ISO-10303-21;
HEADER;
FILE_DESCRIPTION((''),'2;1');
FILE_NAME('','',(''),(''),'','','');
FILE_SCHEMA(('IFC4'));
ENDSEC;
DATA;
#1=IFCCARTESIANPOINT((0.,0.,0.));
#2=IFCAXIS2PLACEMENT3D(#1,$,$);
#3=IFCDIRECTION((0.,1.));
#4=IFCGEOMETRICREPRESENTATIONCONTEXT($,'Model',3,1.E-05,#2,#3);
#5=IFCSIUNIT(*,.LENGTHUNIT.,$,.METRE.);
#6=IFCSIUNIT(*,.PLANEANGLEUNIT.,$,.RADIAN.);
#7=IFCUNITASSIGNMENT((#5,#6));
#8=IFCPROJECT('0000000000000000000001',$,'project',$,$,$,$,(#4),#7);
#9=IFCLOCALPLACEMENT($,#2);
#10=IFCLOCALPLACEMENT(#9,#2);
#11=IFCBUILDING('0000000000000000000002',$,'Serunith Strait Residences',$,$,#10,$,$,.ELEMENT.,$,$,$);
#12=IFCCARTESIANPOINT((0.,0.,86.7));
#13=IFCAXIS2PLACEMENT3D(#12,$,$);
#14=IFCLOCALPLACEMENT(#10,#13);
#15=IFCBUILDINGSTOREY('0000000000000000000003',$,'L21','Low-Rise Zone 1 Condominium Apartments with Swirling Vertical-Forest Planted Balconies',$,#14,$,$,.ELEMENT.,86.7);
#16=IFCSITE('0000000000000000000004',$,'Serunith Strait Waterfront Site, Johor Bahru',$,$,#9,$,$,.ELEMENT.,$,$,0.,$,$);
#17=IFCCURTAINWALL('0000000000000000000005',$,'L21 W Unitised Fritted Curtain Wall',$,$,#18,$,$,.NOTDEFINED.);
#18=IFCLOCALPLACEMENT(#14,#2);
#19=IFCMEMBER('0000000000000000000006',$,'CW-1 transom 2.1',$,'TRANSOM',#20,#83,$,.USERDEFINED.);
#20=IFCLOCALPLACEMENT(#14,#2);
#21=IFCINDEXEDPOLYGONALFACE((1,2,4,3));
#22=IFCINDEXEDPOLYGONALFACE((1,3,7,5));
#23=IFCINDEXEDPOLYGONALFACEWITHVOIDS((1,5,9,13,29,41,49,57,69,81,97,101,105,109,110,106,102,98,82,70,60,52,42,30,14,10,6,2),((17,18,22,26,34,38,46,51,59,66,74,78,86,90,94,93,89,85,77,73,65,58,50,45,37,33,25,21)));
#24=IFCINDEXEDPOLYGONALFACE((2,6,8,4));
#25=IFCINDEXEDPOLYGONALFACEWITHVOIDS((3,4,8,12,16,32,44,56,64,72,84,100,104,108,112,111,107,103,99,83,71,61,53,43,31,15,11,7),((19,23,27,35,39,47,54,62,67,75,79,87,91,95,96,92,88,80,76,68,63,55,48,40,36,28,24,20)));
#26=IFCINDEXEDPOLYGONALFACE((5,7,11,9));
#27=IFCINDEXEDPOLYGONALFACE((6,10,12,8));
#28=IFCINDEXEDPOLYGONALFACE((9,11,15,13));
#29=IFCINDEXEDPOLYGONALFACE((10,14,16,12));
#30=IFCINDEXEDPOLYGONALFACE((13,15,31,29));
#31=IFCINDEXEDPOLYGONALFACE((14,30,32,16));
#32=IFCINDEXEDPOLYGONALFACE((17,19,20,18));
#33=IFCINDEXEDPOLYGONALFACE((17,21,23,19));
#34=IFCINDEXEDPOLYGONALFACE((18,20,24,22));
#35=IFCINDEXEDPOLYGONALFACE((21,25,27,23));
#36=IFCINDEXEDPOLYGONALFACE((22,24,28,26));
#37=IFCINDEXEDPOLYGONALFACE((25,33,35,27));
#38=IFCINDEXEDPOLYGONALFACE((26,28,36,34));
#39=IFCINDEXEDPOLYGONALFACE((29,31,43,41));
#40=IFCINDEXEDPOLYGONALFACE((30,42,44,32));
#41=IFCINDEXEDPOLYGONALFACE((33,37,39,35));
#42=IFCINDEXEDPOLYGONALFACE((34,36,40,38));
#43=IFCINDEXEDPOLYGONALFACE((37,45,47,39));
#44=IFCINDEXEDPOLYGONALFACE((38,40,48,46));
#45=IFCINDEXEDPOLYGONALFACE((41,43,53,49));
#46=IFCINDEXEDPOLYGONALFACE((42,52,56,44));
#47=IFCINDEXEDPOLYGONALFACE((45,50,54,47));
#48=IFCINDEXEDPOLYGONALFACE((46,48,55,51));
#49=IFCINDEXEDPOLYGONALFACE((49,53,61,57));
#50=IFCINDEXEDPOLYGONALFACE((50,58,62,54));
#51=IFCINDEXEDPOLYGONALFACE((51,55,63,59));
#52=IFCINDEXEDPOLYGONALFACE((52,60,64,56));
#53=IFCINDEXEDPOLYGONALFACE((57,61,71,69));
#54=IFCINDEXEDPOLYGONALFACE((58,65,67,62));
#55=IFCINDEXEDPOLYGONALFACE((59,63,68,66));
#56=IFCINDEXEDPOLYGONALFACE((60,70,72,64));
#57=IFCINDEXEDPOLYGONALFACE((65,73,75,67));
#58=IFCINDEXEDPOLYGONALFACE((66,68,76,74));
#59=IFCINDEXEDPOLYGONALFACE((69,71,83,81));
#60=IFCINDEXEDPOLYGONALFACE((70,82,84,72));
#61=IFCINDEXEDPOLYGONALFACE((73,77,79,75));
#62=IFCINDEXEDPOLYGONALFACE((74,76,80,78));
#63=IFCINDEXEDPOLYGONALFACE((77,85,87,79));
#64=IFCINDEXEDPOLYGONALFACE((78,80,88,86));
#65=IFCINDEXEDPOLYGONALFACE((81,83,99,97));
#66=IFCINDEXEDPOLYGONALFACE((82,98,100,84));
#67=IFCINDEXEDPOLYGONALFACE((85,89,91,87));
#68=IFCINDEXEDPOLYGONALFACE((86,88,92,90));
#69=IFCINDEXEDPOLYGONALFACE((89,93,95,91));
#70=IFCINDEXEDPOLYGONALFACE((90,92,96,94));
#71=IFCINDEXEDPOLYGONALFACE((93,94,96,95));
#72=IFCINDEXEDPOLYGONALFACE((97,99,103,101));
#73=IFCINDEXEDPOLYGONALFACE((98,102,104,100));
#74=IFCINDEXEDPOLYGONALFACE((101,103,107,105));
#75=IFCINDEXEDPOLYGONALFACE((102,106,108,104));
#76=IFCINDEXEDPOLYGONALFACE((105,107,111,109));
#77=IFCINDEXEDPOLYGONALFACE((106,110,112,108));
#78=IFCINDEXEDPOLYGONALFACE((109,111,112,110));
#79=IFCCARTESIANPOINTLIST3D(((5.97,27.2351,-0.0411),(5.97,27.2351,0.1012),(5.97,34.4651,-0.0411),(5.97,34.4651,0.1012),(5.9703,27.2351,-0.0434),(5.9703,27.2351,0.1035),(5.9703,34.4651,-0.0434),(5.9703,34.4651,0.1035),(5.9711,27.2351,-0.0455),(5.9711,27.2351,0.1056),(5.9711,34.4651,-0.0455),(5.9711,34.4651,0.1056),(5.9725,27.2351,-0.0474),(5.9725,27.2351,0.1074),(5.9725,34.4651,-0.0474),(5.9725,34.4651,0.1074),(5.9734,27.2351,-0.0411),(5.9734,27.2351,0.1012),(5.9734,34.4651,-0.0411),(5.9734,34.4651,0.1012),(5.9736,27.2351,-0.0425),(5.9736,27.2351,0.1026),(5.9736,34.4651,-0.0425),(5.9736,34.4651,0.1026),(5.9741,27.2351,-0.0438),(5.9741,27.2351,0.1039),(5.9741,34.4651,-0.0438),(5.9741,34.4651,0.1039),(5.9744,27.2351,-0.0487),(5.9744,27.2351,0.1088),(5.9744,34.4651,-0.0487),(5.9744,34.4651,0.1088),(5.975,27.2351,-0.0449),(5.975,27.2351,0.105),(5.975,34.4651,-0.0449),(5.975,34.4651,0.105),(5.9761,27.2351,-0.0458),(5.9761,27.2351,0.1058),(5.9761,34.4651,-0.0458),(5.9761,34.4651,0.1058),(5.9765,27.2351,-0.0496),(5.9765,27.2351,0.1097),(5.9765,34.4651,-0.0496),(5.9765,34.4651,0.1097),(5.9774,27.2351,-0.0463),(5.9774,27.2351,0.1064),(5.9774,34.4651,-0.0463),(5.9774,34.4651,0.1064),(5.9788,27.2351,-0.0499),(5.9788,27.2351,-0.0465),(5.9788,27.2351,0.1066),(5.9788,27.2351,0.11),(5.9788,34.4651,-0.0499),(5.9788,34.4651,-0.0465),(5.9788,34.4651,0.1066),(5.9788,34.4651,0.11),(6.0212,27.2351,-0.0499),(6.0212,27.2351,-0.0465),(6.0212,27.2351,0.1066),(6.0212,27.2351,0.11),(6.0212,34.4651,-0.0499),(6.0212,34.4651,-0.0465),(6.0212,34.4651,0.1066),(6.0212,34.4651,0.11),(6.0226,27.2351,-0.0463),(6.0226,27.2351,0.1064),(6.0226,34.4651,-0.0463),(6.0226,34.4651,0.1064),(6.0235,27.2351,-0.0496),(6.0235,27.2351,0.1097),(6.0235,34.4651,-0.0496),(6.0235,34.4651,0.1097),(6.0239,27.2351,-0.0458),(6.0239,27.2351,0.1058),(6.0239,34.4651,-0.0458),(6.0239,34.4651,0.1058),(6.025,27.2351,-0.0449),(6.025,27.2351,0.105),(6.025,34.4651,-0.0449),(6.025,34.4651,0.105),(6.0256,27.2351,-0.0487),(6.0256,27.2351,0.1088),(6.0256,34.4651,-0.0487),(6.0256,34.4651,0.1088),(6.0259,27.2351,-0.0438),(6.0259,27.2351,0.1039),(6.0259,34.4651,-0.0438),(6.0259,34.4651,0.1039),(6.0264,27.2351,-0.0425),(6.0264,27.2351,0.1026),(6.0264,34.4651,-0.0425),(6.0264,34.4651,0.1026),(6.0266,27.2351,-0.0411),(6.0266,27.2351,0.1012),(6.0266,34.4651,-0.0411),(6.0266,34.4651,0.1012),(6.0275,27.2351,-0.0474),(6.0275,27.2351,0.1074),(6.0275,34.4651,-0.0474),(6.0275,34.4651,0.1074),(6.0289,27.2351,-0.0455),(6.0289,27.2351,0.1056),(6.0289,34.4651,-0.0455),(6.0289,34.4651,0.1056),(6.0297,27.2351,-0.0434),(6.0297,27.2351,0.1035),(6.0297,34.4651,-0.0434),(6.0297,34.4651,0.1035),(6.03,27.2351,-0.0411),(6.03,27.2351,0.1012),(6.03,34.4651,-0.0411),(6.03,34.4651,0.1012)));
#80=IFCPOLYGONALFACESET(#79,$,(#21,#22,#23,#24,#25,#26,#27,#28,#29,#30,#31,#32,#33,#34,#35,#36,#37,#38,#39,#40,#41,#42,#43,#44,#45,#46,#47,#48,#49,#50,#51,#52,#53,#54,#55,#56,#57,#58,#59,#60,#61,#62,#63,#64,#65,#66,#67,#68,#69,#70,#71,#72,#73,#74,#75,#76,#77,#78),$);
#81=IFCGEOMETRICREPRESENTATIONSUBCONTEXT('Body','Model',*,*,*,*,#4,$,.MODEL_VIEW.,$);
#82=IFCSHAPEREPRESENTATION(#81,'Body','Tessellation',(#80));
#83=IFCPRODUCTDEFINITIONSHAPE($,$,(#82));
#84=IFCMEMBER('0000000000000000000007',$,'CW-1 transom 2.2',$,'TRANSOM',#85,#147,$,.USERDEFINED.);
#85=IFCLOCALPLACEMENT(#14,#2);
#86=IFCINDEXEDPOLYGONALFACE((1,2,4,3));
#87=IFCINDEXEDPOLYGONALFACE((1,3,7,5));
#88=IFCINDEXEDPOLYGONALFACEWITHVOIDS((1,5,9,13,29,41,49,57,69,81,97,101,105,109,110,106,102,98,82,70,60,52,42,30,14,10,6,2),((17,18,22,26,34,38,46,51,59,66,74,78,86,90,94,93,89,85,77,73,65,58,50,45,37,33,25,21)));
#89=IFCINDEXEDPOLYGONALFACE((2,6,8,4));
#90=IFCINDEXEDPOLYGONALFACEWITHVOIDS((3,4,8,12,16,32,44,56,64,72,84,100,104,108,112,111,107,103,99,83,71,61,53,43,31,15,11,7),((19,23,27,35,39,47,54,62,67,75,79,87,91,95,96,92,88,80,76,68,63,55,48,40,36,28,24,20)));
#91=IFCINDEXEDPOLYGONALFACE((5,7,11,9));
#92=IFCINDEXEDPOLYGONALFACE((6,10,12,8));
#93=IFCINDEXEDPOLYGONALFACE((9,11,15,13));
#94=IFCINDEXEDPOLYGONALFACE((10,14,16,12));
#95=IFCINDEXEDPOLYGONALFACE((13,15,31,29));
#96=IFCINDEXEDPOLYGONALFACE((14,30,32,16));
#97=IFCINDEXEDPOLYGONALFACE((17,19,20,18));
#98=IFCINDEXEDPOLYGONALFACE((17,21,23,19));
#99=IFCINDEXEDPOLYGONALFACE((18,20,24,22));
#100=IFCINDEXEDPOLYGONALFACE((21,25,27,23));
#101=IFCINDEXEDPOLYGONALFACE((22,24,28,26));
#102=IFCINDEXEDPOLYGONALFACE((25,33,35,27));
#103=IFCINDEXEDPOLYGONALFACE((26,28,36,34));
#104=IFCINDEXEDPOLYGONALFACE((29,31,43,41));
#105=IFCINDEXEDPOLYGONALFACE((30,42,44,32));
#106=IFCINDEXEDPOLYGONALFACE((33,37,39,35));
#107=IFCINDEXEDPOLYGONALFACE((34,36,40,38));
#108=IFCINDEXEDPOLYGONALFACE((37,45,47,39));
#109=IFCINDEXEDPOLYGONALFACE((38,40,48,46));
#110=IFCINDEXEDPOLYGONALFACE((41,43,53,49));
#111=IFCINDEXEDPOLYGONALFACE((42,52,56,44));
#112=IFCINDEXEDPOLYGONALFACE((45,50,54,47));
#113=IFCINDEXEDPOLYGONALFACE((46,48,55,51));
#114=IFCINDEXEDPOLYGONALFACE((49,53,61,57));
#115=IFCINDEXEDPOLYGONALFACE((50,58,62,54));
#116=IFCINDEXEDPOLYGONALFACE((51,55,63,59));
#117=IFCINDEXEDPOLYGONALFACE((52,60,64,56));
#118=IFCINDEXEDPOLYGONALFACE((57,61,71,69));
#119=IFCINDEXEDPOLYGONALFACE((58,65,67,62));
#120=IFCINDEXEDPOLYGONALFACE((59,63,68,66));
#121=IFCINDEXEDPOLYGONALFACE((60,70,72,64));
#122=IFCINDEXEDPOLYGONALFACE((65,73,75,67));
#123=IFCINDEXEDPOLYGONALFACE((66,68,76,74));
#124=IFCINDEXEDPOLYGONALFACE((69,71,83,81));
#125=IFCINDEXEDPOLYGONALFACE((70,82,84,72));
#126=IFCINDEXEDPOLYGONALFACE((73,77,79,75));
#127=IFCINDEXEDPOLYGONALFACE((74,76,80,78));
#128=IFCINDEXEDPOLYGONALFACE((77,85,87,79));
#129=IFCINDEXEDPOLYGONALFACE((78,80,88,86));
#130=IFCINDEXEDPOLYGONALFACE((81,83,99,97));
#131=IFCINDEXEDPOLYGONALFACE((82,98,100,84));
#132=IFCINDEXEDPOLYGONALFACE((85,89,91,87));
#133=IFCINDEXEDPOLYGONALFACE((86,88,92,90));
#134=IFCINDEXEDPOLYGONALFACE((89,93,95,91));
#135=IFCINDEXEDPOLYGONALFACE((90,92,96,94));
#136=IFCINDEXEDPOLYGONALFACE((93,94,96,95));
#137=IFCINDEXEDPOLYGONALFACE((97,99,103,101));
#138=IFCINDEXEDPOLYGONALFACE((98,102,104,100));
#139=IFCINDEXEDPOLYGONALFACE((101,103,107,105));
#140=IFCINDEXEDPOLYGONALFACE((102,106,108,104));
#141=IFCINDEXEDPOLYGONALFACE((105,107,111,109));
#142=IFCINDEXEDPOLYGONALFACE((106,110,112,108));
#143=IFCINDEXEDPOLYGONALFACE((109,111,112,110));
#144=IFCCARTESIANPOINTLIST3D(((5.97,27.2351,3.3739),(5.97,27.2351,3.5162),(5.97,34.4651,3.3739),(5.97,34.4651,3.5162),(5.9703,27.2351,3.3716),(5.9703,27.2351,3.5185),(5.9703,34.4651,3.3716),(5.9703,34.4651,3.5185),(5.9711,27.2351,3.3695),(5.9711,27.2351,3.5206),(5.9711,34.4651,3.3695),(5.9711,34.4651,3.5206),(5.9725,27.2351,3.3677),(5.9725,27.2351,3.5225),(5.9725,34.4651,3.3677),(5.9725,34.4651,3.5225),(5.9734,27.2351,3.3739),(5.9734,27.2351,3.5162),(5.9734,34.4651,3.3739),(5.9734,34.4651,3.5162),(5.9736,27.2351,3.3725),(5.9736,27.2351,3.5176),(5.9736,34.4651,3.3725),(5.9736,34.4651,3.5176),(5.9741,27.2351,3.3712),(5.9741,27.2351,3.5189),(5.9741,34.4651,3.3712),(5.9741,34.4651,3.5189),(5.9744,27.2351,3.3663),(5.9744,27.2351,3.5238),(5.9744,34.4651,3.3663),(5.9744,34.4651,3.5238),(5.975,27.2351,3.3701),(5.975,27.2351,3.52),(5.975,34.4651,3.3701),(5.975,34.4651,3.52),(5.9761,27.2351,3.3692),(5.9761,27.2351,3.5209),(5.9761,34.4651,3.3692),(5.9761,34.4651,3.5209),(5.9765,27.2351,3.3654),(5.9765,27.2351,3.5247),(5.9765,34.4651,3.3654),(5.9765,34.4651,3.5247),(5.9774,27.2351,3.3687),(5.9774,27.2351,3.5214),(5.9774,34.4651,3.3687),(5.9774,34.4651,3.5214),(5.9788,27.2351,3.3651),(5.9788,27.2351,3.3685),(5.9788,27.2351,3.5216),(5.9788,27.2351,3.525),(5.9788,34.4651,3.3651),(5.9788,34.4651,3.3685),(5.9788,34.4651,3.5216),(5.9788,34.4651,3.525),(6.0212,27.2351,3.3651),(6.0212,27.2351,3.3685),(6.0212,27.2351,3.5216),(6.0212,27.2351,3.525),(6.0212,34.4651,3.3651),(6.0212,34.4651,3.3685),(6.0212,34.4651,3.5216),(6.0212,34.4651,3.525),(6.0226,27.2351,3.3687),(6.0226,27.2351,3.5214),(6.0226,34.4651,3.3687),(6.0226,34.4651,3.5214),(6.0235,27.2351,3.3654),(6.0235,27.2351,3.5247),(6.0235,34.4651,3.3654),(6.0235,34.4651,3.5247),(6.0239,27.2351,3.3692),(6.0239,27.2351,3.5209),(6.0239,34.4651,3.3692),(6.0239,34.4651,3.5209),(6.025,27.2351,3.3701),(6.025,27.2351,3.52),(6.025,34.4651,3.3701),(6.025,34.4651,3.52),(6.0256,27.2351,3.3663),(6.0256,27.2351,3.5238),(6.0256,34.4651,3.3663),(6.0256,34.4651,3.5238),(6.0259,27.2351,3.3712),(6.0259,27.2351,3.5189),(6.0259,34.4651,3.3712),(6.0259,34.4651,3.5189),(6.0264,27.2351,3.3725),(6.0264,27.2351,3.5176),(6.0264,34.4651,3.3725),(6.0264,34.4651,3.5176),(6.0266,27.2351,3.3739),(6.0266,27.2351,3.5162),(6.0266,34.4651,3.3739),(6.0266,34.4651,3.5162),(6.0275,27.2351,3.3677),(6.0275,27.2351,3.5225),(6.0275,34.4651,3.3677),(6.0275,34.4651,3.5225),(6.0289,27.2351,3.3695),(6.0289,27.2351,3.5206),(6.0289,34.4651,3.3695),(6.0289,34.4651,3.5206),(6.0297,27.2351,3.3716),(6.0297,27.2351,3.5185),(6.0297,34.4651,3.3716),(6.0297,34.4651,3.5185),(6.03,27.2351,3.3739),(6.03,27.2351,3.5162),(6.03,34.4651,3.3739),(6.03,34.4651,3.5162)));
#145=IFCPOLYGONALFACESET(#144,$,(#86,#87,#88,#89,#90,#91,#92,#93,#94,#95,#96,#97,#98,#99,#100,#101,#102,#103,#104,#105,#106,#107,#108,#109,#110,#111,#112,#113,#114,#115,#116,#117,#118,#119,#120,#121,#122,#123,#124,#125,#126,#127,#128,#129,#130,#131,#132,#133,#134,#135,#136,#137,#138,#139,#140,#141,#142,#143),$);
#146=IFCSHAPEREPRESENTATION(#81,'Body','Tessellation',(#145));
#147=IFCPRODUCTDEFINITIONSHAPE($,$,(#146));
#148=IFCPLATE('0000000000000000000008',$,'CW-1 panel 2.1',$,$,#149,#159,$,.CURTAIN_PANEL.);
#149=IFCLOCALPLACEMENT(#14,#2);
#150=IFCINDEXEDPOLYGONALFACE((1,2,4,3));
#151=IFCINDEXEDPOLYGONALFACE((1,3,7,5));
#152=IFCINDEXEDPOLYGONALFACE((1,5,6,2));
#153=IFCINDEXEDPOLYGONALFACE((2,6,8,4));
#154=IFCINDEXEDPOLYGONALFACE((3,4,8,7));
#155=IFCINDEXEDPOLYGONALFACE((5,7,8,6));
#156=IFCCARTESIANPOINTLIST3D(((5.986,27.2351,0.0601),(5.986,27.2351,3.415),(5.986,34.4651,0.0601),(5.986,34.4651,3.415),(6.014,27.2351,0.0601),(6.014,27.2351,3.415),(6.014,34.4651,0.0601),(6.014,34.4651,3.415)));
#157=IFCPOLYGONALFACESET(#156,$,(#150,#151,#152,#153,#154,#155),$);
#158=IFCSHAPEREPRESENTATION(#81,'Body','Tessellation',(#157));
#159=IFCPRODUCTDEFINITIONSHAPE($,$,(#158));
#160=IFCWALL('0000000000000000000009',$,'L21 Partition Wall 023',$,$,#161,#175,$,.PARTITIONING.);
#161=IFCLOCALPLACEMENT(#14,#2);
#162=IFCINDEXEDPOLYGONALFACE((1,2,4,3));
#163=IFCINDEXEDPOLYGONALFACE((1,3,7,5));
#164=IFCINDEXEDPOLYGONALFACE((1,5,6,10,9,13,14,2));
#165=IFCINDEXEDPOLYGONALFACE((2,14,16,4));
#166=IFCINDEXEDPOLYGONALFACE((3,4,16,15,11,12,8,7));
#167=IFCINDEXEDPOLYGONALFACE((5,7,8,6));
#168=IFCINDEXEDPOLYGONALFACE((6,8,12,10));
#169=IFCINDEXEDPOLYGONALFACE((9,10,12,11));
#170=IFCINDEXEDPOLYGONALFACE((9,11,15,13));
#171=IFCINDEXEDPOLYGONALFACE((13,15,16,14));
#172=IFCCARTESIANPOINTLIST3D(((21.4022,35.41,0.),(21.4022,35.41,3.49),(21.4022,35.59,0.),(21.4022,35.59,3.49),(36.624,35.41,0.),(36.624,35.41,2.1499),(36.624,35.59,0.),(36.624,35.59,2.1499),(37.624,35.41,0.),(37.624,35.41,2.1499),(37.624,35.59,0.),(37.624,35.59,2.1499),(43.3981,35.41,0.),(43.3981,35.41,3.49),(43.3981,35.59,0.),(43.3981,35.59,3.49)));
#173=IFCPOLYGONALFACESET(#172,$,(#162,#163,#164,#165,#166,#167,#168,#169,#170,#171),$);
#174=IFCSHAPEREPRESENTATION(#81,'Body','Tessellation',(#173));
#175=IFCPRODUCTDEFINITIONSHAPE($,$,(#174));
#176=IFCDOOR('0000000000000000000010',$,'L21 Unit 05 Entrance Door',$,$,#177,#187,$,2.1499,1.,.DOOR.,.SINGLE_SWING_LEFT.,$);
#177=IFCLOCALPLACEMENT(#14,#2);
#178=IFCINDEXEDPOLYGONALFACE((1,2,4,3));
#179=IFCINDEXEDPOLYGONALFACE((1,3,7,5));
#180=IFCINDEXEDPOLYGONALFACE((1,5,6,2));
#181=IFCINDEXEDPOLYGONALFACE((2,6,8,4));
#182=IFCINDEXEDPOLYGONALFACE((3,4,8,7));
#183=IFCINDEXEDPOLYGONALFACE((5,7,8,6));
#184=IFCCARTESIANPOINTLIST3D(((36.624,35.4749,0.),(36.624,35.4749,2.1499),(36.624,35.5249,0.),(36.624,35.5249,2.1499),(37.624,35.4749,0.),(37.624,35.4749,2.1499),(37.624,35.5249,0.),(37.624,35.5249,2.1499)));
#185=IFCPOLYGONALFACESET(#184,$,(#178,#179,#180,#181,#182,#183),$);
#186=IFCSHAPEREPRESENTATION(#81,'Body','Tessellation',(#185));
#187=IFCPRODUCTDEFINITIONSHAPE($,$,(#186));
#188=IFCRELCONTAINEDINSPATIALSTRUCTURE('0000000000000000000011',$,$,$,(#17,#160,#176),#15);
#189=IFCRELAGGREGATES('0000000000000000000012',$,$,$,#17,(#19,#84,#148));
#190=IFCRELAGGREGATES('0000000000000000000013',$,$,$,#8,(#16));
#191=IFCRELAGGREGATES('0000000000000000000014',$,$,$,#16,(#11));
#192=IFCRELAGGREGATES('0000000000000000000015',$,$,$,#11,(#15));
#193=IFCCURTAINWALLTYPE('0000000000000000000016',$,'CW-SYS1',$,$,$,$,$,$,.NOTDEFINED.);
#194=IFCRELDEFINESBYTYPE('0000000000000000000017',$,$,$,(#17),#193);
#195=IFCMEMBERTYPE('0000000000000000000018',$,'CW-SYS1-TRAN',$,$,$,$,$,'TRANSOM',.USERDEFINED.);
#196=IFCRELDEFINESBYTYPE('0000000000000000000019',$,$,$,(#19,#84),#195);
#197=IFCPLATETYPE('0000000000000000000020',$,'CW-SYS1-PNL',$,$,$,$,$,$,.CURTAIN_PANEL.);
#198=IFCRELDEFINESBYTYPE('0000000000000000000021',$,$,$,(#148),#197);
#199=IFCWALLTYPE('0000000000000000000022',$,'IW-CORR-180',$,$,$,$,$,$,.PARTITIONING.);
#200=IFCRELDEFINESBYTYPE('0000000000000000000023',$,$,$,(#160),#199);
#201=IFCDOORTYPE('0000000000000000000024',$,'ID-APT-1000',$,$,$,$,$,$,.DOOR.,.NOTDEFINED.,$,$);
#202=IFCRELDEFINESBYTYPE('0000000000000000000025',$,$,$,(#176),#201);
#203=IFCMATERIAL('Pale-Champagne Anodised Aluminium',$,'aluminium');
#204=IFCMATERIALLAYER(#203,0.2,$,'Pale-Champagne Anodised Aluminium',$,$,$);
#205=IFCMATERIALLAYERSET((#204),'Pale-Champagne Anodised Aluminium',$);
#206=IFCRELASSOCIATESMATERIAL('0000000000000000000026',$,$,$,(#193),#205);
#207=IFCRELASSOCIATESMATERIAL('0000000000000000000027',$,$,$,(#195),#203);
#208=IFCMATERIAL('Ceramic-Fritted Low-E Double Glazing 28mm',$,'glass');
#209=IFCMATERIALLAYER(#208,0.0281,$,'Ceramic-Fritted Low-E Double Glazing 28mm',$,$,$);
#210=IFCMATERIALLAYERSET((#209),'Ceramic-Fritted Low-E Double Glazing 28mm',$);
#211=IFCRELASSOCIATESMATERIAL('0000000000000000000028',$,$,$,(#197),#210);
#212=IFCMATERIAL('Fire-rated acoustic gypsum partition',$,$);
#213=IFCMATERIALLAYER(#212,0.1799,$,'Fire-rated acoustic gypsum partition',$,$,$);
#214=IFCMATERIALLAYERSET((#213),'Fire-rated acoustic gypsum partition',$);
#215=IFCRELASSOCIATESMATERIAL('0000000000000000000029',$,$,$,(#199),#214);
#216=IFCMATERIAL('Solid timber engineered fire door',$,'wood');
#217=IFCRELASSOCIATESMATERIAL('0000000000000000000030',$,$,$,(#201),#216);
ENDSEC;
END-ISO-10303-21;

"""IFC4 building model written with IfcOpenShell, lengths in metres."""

from ifc_helpers import new_model, si_unit, direction, frame, frame_2d, origin, origin_2d, place, context, subcontext, project, spatial, rectangle, hollow_rectangle, extrude, source, transform, mapped, material, layer, layer_set, material_profile, profile_set, type_object, element, fill, aggregate, save


model = new_model("IFC4")

# Units and contexts
model_context = context("Model", 3, precision=1e-05, world=origin(), true_north=direction((0.0, 1.0)))
body_context = subcontext(model_context, "Body", "Model", "MODEL_VIEW")
ifc_project = project(units=[si_unit("LENGTHUNIT", "METRE"), si_unit("PLANEANGLEUNIT", "RADIAN")], contexts=[model_context])

# Site, building, storey
site_placement = place(None, origin())
site = spatial("IfcSite", under=ifc_project, at=site_placement, Name="Serunith Strait Waterfront Site, Johor Bahru", CompositionType="ELEMENT", RefElevation=0.0)
building_placement = place(site_placement, origin())
building = spatial("IfcBuilding", under=site, at=building_placement, Name="Serunith Strait Residences", CompositionType="ELEMENT")
storey_placement = place(building_placement, frame((0.0, 0.0, 86.7)))
storey = spatial("IfcBuildingStorey", under=building, at=storey_placement, Name="L21", Description="Low-Rise Zone 1 Condominium Apartments with Swirling Vertical-Forest Planted Balconies", CompositionType="ELEMENT", Elevation=86.7)

# Curtain wall, members, plate
ifc_material_1 = material(Name="Pale-Champagne Anodised Aluminium", Category="aluminium")
ifc_layer_1 = layer(ifc_material_1, 0.2, Name="Pale-Champagne Anodised Aluminium")
ifc_layer_set_1 = layer_set([ifc_layer_1], Name="Pale-Champagne Anodised Aluminium")
curtain_wall_type = type_object("IfcCurtainWallType", Name="CW-SYS1", PredefinedType="NOTDEFINED", material=ifc_layer_set_1)
curtain_wall_placement = place(storey_placement, origin())
curtain_wall = element("IfcCurtainWall", 1, at=curtain_wall_placement, inside=storey, type_object=curtain_wall_type, Name="L21 W Unitised Fritted Curtain Wall", PredefinedType="NOTDEFINED")
ifc_material_profile_1 = material_profile(ifc_material_1, hollow_rectangle(XDim=0.0601, YDim=0.1599, WallThickness=0.0034, InnerFilletRadius=0.0054, OuterFilletRadius=0.0088, at=origin_2d()), Name="ALU 160x60x3.5")
ifc_profile_set_1 = profile_set([ifc_material_profile_1], Name="Pale-Champagne Anodised Aluminium")
member_type_1 = type_object("IfcMemberType", Name="CW-SYS1-TRAN", ElementType="TRANSOM", PredefinedType="USERDEFINED", material=ifc_profile_set_1)
shared_shape_1 = source(origin(), body_context, "Body", "SweptSolid", [
    extrude(hollow_rectangle(XDim=0.0601, YDim=0.1599, WallThickness=0.0034, InnerFilletRadius=0.0054, OuterFilletRadius=0.0088, at=origin_2d()), origin(), (0.0, 0.0, 1.0), 7.23),
])
member_1_placement = place(storey_placement, frame((6.0, 34.4651, 0.03), z_axis=(0.0, -1.0, 0.0), x_axis=(1.0, 0.0, 0.0)))
member_1 = element("IfcMember", 2, at=member_1_placement, type_object=member_type_1, Name="CW-1 transom 2.1", ObjectType="TRANSOM", PredefinedType="USERDEFINED", context=body_context, shape_type="MappedRepresentation", body=[
    mapped(shared_shape_1, transform((0.0, 0.0, 0.0), scale=1.0)),
])
member_2_placement = place(storey_placement, frame((6.0, 34.4651, 3.4451), z_axis=(0.0, -1.0, 0.0), x_axis=(1.0, 0.0, 0.0)))
member_2 = element("IfcMember", 3, at=member_2_placement, type_object=member_type_1, Name="CW-1 transom 2.2", ObjectType="TRANSOM", PredefinedType="USERDEFINED", context=body_context, shape_type="MappedRepresentation", body=[
    mapped(shared_shape_1, transform((0.0, 0.0, 0.0), scale=1.0)),
])
ifc_material_2 = material(Name="Ceramic-Fritted Low-E Double Glazing 28mm", Category="glass")
ifc_layer_2 = layer(ifc_material_2, 0.0281, Name="Ceramic-Fritted Low-E Double Glazing 28mm")
ifc_layer_set_2 = layer_set([ifc_layer_2], Name="Ceramic-Fritted Low-E Double Glazing 28mm")
plate_type = type_object("IfcPlateType", Name="CW-SYS1-PNL", PredefinedType="CURTAIN_PANEL", material=ifc_layer_set_2)
shared_shape_2 = source(origin(), body_context, "Body", "SweptSolid", [
    extrude(rectangle(XDim=7.23, YDim=0.0281, at=origin_2d()), origin(), (0.0, 0.0, 1.0), 3.355),
])
plate_placement = place(storey_placement, frame((6.0, 30.8501, 0.0601), z_axis=(0.0, 0.0, 1.0), x_axis=(0.0, -1.0, 0.0)))
plate = element("IfcPlate", 4, at=plate_placement, type_object=plate_type, Name="CW-1 panel 2.1", PredefinedType="CURTAIN_PANEL", context=body_context, shape_type="MappedRepresentation", body=[
    mapped(shared_shape_2, transform((0.0, 0.0, 0.0), scale=1.0)),
])
aggregate(curtain_wall, [member_1, member_2, plate])

# Wall, opening, door
ifc_material_3 = material(Name="Fire-rated acoustic gypsum partition")
ifc_layer_3 = layer(ifc_material_3, 0.1799, Name="Fire-rated acoustic gypsum partition")
ifc_layer_set_3 = layer_set([ifc_layer_3], Name="Fire-rated acoustic gypsum partition")
wall_type_1 = type_object("IfcWallType", Name="IW-CORR-180", PredefinedType="PARTITIONING", material=ifc_layer_set_3)
wall_1_placement = place(storey_placement, frame((21.4021, 35.5, 0.0), z_axis=(0.0, 0.0, 1.0), x_axis=(1.0, 0.0, 0.0)))
wall_1 = element("IfcWall", 5, at=wall_1_placement, inside=storey, type_object=wall_type_1, Name="L21 Partition Wall 023", PredefinedType="PARTITIONING", context=body_context, shape_type="SweptSolid", body=[
    extrude(rectangle(XDim=21.9958, YDim=0.1799, at=frame_2d((10.998, 0.0))), origin(), (0.0, 0.0, 1.0), 3.49),
])
opening_1_placement = place(wall_1_placement, frame((15.2219, 0.0, 0.0)))
opening_1 = element("IfcOpeningElement", 6, at=opening_1_placement, cuts=wall_1, PredefinedType="OPENING", context=body_context, shape_type="SweptSolid", body=[
    extrude(rectangle(XDim=1.0, YDim=2.1499, at=frame_2d((0.5, 1.075))), frame((0.0, 0.1001, 0.0), z_axis=(0.0, -1.0, 0.0), x_axis=(1.0, 0.0, 0.0)), (0.0, 0.0, 1.0), 0.2),
])
ifc_material_4 = material(Name="Solid timber engineered fire door", Category="wood")
door_type_1 = type_object("IfcDoorType", Name="ID-APT-1000", OperationType="NOTDEFINED", PredefinedType="DOOR", material=ifc_material_4)
shared_shape_3 = source(origin(), body_context, "Body", "SweptSolid", [
    extrude(rectangle(XDim=1.0, YDim=2.1499, at=frame_2d((0.5, 1.075))), frame((0.0, 0.0249, 0.0), z_axis=(0.0, -1.0, 0.0), x_axis=(1.0, 0.0, 0.0)), (0.0, 0.0, 1.0), 0.05),
])
door_1_placement = place(opening_1_placement, origin())
door_1 = element("IfcDoor", 7, at=door_1_placement, inside=storey, type_object=door_type_1, Name="L21 Unit 05 Entrance Door", OperationType="SINGLE_SWING_LEFT", OverallHeight=2.1499, OverallWidth=1.0, PredefinedType="DOOR", context=body_context, shape_type="MappedRepresentation", body=[
    mapped(shared_shape_3, transform((0.0, 0.0, 0.0), scale=1.0)),
])
fill(opening_1, door_1)

save(model, "model.ifc")
